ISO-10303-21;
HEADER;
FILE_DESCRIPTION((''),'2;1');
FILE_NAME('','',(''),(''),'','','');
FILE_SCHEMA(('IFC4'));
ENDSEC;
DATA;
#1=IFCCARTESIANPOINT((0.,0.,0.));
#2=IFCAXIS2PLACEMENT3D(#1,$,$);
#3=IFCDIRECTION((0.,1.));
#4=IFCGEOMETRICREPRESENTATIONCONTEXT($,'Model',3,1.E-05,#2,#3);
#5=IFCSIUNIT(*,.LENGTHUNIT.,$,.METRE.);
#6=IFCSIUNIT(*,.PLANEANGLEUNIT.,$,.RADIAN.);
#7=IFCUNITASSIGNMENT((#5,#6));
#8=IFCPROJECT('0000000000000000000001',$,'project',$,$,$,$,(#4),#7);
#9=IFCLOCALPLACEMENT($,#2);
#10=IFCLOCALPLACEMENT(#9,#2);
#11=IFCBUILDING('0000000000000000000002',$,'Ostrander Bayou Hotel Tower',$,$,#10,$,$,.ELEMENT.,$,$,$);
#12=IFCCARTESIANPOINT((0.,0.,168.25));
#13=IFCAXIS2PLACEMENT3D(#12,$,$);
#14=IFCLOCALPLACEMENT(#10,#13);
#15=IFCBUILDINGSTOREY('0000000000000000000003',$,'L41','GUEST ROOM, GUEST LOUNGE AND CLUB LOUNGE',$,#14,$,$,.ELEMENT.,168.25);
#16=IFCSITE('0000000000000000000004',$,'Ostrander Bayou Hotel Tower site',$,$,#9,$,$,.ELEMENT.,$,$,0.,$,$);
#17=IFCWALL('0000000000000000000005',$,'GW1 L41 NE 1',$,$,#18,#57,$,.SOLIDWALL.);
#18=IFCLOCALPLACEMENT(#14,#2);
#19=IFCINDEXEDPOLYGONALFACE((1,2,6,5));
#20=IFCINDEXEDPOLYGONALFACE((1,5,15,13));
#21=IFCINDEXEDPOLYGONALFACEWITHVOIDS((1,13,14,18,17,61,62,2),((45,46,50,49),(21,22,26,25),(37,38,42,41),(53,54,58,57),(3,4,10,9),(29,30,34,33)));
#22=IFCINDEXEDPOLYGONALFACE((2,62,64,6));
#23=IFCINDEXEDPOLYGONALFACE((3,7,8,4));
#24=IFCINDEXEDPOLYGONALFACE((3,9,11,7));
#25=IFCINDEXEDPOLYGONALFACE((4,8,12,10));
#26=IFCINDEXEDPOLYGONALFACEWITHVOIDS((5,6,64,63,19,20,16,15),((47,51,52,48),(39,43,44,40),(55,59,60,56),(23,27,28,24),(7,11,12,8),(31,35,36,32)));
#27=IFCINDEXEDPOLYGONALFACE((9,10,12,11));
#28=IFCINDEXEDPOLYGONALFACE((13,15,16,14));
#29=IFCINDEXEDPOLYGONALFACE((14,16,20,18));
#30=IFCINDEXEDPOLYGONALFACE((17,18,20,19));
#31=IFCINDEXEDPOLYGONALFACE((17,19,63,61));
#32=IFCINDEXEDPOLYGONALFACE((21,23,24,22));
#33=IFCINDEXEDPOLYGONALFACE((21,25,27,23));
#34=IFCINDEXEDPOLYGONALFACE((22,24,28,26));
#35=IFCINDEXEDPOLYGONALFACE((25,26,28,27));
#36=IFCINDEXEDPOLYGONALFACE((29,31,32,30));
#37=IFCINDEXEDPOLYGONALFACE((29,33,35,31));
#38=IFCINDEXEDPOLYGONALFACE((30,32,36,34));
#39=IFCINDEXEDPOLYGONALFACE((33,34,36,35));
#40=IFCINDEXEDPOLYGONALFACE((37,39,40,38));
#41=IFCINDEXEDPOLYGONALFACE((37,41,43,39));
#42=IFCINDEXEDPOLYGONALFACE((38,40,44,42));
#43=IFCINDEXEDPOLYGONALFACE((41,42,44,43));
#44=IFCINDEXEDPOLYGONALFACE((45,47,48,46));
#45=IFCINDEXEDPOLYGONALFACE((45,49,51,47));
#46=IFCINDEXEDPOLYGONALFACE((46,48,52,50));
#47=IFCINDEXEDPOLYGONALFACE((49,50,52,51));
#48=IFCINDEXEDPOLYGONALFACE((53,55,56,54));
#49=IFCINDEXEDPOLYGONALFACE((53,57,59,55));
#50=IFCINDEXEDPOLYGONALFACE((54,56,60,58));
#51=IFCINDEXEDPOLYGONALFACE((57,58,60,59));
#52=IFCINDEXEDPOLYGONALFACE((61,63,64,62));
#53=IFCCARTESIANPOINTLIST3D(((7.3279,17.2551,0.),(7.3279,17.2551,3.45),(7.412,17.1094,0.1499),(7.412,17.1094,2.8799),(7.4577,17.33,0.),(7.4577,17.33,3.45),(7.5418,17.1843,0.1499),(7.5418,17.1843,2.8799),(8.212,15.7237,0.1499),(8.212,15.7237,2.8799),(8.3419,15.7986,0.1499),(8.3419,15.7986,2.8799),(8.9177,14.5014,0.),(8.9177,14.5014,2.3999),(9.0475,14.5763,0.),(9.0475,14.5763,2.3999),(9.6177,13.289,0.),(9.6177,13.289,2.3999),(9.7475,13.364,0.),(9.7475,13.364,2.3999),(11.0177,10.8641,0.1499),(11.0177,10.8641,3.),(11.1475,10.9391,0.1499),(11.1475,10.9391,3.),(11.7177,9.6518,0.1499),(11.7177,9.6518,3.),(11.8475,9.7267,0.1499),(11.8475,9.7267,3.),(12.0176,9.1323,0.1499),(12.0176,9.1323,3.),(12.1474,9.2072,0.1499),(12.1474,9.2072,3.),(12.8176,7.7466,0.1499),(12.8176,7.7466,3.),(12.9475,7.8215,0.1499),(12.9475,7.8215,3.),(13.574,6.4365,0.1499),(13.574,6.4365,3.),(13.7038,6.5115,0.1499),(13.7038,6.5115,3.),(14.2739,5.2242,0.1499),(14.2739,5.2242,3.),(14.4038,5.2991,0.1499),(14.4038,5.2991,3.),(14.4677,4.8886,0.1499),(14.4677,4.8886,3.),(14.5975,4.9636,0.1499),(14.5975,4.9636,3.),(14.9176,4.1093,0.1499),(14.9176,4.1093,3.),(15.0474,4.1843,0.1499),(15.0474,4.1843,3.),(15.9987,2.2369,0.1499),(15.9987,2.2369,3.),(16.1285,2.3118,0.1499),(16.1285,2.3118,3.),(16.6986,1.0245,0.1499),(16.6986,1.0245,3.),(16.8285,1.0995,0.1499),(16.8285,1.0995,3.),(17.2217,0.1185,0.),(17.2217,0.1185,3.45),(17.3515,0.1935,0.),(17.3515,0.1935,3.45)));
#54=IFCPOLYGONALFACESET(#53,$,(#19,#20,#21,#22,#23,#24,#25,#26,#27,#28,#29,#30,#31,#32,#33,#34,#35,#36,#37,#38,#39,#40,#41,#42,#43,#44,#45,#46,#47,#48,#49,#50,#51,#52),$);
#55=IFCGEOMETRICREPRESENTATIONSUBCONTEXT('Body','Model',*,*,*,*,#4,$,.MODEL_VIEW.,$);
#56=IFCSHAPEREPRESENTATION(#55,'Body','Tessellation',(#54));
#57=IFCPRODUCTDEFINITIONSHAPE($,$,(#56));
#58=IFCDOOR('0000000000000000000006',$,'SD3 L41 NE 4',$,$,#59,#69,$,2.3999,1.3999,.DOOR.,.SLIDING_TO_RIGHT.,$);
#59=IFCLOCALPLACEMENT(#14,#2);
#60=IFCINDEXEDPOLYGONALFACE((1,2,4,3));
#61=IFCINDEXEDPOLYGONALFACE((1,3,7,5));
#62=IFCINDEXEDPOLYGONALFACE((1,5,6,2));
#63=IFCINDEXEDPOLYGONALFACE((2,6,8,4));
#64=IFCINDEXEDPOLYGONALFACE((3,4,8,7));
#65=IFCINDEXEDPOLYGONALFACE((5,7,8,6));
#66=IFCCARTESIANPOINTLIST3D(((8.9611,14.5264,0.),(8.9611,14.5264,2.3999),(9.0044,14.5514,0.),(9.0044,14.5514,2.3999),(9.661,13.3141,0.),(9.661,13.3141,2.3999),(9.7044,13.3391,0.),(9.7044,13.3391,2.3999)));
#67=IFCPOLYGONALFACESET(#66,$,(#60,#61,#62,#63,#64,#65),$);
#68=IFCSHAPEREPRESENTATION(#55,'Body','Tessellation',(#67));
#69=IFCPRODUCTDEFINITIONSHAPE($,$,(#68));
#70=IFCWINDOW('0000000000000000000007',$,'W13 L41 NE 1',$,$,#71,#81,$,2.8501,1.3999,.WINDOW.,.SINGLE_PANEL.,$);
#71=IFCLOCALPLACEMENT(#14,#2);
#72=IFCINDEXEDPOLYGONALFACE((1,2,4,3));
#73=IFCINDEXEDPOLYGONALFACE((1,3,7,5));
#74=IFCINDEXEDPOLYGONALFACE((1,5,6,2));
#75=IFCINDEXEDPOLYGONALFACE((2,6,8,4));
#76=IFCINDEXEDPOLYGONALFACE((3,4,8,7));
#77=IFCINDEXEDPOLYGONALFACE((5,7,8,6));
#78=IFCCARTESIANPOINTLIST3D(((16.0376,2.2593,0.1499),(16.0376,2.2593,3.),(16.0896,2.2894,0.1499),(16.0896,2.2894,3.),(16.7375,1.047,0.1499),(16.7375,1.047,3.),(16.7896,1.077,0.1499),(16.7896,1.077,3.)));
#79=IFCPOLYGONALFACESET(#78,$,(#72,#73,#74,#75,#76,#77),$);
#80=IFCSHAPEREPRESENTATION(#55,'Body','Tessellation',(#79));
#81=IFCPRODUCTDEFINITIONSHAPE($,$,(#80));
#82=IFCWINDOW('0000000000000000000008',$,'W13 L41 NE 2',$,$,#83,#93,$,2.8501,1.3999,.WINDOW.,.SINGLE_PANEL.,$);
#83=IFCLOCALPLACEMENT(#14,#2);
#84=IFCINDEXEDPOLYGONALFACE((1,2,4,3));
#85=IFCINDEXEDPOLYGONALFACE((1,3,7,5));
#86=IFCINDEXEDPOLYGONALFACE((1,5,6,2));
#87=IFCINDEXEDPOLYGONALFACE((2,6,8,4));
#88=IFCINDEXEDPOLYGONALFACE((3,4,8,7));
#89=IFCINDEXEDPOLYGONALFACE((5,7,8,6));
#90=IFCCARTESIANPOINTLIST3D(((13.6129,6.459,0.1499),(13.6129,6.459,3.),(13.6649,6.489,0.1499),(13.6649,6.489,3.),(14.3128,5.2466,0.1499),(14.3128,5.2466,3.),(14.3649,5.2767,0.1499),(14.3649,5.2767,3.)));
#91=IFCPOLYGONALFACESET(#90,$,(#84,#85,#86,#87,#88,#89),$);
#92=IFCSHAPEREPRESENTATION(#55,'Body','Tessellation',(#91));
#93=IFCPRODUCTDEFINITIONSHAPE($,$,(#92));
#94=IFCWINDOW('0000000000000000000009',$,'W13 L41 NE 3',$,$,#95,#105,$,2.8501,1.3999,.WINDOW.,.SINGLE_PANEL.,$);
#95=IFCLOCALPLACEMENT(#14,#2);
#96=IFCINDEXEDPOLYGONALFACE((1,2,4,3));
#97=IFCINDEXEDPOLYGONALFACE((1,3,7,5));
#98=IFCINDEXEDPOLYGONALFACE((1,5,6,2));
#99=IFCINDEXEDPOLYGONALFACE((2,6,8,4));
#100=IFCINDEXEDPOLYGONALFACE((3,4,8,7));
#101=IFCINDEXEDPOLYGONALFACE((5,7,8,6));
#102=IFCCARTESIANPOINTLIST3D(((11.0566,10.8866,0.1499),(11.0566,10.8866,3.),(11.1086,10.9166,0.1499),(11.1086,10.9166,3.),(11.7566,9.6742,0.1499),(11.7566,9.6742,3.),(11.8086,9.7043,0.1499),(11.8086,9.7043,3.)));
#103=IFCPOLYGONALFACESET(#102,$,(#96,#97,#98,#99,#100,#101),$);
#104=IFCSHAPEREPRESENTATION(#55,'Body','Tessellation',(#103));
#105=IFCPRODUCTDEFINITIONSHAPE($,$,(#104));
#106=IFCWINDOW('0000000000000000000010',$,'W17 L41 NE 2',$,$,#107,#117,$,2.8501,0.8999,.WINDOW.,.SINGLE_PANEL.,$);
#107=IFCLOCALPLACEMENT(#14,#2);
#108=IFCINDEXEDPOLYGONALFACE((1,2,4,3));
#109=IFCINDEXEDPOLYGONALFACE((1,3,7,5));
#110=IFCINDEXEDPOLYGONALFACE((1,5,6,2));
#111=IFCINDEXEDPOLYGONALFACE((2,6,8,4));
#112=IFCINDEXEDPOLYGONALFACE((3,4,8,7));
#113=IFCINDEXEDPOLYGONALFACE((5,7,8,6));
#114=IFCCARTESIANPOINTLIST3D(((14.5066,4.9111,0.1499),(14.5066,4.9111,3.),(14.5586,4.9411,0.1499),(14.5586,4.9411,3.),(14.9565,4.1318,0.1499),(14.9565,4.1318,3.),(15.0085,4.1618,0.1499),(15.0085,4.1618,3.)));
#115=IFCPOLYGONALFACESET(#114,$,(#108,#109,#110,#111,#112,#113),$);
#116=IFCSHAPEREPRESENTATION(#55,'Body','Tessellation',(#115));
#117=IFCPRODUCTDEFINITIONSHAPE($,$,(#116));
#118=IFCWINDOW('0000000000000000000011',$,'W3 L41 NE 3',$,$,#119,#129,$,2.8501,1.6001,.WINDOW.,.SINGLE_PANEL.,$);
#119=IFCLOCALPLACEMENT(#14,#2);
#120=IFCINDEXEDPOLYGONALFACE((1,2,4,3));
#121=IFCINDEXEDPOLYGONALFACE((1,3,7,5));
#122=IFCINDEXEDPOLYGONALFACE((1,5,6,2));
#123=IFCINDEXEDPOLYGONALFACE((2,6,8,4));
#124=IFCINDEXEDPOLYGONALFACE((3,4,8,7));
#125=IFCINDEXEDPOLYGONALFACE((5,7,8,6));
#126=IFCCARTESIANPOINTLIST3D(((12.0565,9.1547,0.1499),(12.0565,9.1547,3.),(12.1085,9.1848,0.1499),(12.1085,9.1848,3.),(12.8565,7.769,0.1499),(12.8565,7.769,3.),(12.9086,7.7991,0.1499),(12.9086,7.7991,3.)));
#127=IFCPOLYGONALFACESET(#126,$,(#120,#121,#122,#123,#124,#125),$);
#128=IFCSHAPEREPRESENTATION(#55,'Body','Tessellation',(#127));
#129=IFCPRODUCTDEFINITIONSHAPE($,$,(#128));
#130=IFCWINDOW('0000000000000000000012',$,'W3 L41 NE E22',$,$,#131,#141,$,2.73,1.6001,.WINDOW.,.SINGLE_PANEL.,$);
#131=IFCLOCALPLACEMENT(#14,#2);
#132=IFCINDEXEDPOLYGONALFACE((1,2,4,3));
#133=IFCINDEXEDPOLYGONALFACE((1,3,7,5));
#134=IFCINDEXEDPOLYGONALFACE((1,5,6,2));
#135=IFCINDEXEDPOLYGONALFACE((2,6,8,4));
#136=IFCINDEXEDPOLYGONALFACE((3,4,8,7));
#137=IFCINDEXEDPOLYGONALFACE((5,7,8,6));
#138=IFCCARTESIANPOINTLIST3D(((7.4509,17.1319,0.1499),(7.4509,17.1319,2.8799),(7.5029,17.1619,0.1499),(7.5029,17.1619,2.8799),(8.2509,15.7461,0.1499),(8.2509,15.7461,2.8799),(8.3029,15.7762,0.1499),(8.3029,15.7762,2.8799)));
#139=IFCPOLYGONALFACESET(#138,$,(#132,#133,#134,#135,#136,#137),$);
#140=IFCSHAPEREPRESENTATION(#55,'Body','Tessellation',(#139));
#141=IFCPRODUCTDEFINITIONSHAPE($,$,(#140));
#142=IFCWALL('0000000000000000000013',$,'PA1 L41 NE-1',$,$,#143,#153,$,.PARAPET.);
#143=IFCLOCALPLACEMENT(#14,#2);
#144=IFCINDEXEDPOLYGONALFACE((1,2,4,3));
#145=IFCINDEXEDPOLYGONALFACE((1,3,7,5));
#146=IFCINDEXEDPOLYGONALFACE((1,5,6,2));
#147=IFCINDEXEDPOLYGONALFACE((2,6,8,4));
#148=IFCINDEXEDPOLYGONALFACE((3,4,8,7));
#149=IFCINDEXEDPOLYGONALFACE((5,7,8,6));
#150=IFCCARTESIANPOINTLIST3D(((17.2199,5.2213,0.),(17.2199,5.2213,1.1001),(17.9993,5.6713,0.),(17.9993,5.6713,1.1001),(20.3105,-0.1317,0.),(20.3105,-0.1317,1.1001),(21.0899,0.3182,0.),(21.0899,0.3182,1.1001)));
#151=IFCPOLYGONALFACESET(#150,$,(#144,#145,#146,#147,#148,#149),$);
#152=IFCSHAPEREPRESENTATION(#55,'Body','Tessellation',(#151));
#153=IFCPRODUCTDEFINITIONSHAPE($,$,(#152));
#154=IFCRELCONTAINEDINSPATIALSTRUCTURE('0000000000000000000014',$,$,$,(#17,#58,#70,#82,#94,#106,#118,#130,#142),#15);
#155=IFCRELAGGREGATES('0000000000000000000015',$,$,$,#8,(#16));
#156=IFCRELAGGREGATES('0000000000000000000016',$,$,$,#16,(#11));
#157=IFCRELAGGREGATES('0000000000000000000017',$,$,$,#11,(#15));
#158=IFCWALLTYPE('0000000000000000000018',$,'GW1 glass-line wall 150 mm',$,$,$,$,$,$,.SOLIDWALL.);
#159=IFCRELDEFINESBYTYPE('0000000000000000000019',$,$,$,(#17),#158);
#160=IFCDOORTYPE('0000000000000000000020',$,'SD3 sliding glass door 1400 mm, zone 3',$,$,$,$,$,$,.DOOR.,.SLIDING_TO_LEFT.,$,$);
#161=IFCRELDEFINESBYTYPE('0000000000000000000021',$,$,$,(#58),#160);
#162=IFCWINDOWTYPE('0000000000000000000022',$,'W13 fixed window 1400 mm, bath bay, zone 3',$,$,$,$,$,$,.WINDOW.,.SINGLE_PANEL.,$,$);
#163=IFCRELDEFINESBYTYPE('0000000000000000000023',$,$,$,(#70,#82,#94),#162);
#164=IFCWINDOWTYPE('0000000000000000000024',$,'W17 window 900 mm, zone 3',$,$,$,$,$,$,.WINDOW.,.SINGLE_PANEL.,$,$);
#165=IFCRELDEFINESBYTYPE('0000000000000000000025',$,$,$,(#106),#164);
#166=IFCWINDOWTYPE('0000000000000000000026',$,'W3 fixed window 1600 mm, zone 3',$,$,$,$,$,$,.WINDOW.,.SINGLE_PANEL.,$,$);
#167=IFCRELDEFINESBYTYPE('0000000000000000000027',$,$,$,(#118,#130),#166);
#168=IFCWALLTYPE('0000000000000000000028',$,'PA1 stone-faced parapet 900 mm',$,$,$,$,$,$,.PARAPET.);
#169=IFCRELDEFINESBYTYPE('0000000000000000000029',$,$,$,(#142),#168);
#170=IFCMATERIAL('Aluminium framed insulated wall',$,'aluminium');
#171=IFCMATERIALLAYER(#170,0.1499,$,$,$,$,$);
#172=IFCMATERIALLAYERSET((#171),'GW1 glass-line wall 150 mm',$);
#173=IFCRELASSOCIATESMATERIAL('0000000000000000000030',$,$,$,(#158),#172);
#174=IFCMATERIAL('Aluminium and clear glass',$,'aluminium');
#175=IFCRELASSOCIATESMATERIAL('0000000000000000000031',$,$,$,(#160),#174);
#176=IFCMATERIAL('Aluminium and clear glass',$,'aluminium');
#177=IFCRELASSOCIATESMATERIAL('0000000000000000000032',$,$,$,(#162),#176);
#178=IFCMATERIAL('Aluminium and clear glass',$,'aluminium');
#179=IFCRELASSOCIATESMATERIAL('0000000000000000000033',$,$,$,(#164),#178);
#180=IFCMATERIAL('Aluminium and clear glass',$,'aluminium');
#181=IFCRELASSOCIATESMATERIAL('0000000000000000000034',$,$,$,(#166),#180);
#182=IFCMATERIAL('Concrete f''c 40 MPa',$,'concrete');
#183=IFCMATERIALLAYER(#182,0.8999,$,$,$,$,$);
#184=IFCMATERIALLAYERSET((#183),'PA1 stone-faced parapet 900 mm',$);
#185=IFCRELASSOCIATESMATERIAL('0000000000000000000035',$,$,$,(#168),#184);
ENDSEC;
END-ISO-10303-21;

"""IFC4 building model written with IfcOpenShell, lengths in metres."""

from ifc_helpers import new_model, si_unit, direction, frame, frame_2d, origin, place, context, subcontext, project, spatial, rectangle, extrude, material, layer, layer_set, type_object, element, fill, save


model = new_model("IFC4")

# Units and contexts
model_context = context("Model", 3, precision=1e-05, world=origin(), true_north=direction((0.0, 1.0)))
body_context = subcontext(model_context, "Body", "Model", "MODEL_VIEW")
ifc_project = project(units=[si_unit("LENGTHUNIT", "METRE"), si_unit("PLANEANGLEUNIT", "RADIAN")], contexts=[model_context])

# Site, building, storey
site_placement = place(None, origin())
site = spatial("IfcSite", under=ifc_project, at=site_placement, Name="Ostrander Bayou Hotel Tower site", CompositionType="ELEMENT", RefElevation=0.0)
building_placement = place(site_placement, origin())
building = spatial("IfcBuilding", under=site, at=building_placement, Name="Ostrander Bayou Hotel Tower", CompositionType="ELEMENT")
storey_placement = place(building_placement, frame((0.0, 0.0, 168.25)))
storey = spatial("IfcBuildingStorey", under=building, at=storey_placement, Name="L41", Description="GUEST ROOM, GUEST LOUNGE AND CLUB LOUNGE", CompositionType="ELEMENT", Elevation=168.25)

# Wall, openings, door, windows
ifc_material_1 = material(Name="Aluminium framed insulated wall", Category="aluminium")
ifc_layer_1 = layer(ifc_material_1, 0.1499)
ifc_layer_set_1 = layer_set([ifc_layer_1], Name="GW1 glass-line wall 150 mm")
wall_type_1 = type_object("IfcWallType", Name="GW1 glass-line wall 150 mm", PredefinedType="SOLIDWALL", material=ifc_layer_set_1)
wall_1_placement = place(storey_placement, frame((17.2866, 0.156, 0.0), z_axis=(0.0, 0.0, 1.0), x_axis=(-0.500002, 0.866024, 0.0)))
wall_1 = element("IfcWall", 1, at=wall_1_placement, inside=storey, type_object=wall_type_1, Name="GW1 L41 NE 1", PredefinedType="SOLIDWALL", context=body_context, shape_type="SweptSolid", body=[
    extrude(rectangle(XDim=19.7876, YDim=0.1499, at=frame_2d((9.8938, 0.0))), origin(), (0.0, 0.0, 1.0), 3.45),
])
opening_1_placement = place(wall_1_placement, frame((1.0461, 0.0, 0.1499)))
opening_1 = element("IfcOpeningElement", 2, at=opening_1_placement, cuts=wall_1, PredefinedType="OPENING", context=body_context, shape_type="SweptSolid", body=[
    extrude(rectangle(XDim=1.3999, YDim=2.8501, at=frame_2d((0.7, 1.425))), frame((0.0, 0.075, 0.0), z_axis=(0.0, -1.0, 0.0), x_axis=(1.0, 0.0, 0.0)), (0.0, 0.0, 1.0), 0.1499),
])
opening_2_placement = place(wall_1_placement, frame((4.6082, 0.0, 0.1499)))
opening_2 = element("IfcOpeningElement", 3, at=opening_2_placement, cuts=wall_1, PredefinedType="OPENING", context=body_context, shape_type="SweptSolid", body=[
    extrude(rectangle(XDim=0.8999, YDim=2.8501, at=frame_2d((0.45, 1.425))), frame((0.0, 0.075, 0.0), z_axis=(0.0, -1.0, 0.0), x_axis=(1.0, 0.0, 0.0)), (0.0, 0.0, 1.0), 0.1499),
])
opening_3_placement = place(wall_1_placement, frame((5.8955, 0.0, 0.1499)))
opening_3 = element("IfcOpeningElement", 4, at=opening_3_placement, cuts=wall_1, PredefinedType="OPENING", context=body_context, shape_type="SweptSolid", body=[
    extrude(rectangle(XDim=1.3999, YDim=2.8501, at=frame_2d((0.7, 1.425))), frame((0.0, 0.075, 0.0), z_axis=(0.0, -1.0, 0.0), x_axis=(1.0, 0.0, 0.0)), (0.0, 0.0, 1.0), 0.1499),
])
opening_4_placement = place(wall_1_placement, frame((8.8081, 0.0, 0.1499)))
opening_4 = element("IfcOpeningElement", 5, at=opening_4_placement, cuts=wall_1, PredefinedType="OPENING", context=body_context, shape_type="SweptSolid", body=[
    extrude(rectangle(XDim=1.6001, YDim=2.8501, at=frame_2d((0.8, 1.425))), frame((0.0, 0.075, 0.0), z_axis=(0.0, -1.0, 0.0), x_axis=(1.0, 0.0, 0.0)), (0.0, 0.0, 1.0), 0.1499),
])
opening_5_placement = place(wall_1_placement, frame((11.0081, 0.0, 0.1499)))
opening_5 = element("IfcOpeningElement", 6, at=opening_5_placement, cuts=wall_1, PredefinedType="OPENING", context=body_context, shape_type="SweptSolid", body=[
    extrude(rectangle(XDim=1.3999, YDim=2.8501, at=frame_2d((0.7, 1.425))), frame((0.0, 0.075, 0.0), z_axis=(0.0, -1.0, 0.0), x_axis=(1.0, 0.0, 0.0)), (0.0, 0.0, 1.0), 0.1499),
])
opening_6_placement = place(wall_1_placement, frame((15.208, 0.0, 0.0)))
opening_6 = element("IfcOpeningElement", 7, at=opening_6_placement, cuts=wall_1, PredefinedType="OPENING", context=body_context, shape_type="SweptSolid", body=[
    extrude(rectangle(XDim=1.3999, YDim=2.3999, at=frame_2d((0.7, 1.2))), frame((0.0, 0.075, 0.0), z_axis=(0.0, -1.0, 0.0), x_axis=(1.0, 0.0, 0.0)), (0.0, 0.0, 1.0), 0.1499),
])
opening_7_placement = place(wall_1_placement, frame((18.0193, 0.0, 0.1499)))
opening_7 = element("IfcOpeningElement", 8, at=opening_7_placement, cuts=wall_1, PredefinedType="OPENING", context=body_context, shape_type="SweptSolid", body=[
    extrude(rectangle(XDim=1.6001, YDim=2.73, at=frame_2d((0.8, 1.365))), frame((0.0, 0.075, 0.0), z_axis=(0.0, -1.0, 0.0), x_axis=(1.0, 0.0, 0.0)), (0.0, 0.0, 1.0), 0.1499),
])
ifc_material_2 = material(Name="Aluminium and clear glass", Category="aluminium")
door_type = type_object("IfcDoorType", Name="SD3 sliding glass door 1400 mm, zone 3", OperationType="SLIDING_TO_LEFT", PredefinedType="DOOR", material=ifc_material_2)
door_placement = place(opening_6_placement, origin())
door = element("IfcDoor", 9, at=door_placement, inside=storey, type_object=door_type, Name="SD3 L41 NE 4", OperationType="SLIDING_TO_RIGHT", OverallHeight=2.3999, OverallWidth=1.3999, PredefinedType="DOOR", context=body_context, shape_type="SweptSolid", body=[
    extrude(rectangle(XDim=1.3999, YDim=2.3999, at=frame_2d((0.7, 1.2))), frame((0.0, 0.0249, 0.0), z_axis=(0.0, -1.0, 0.0), x_axis=(1.0, 0.0, 0.0)), (0.0, 0.0, 1.0), 0.05),
])
fill(opening_6, door)
ifc_material_3 = material(Name="Aluminium and clear glass", Category="aluminium")
window_type_1 = type_object("IfcWindowType", Name="W13 fixed window 1400 mm, bath bay, zone 3", PartitioningType="SINGLE_PANEL", PredefinedType="WINDOW", material=ifc_material_3)
window_1_placement = place(opening_1_placement, origin())
window_1 = element("IfcWindow", 10, at=window_1_placement, inside=storey, type_object=window_type_1, Name="W13 L41 NE 1", OverallHeight=2.8501, OverallWidth=1.3999, PartitioningType="SINGLE_PANEL", PredefinedType="WINDOW", context=body_context, shape_type="SweptSolid", body=[
    extrude(rectangle(XDim=1.3999, YDim=2.8501, at=frame_2d((0.7, 1.425))), frame((0.0, 0.03, 0.0), z_axis=(0.0, -1.0, 0.0), x_axis=(1.0, 0.0, 0.0)), (0.0, 0.0, 1.0), 0.0601),
])
fill(opening_1, window_1)
window_2_placement = place(opening_3_placement, origin())
window_2 = element("IfcWindow", 11, at=window_2_placement, inside=storey, type_object=window_type_1, Name="W13 L41 NE 2", OverallHeight=2.8501, OverallWidth=1.3999, PartitioningType="SINGLE_PANEL", PredefinedType="WINDOW", context=body_context, shape_type="SweptSolid", body=[
    extrude(rectangle(XDim=1.3999, YDim=2.8501, at=frame_2d((0.7, 1.425))), frame((0.0, 0.03, 0.0), z_axis=(0.0, -1.0, 0.0), x_axis=(1.0, 0.0, 0.0)), (0.0, 0.0, 1.0), 0.0601),
])
fill(opening_3, window_2)
window_3_placement = place(opening_5_placement, origin())
window_3 = element("IfcWindow", 12, at=window_3_placement, inside=storey, type_object=window_type_1, Name="W13 L41 NE 3", OverallHeight=2.8501, OverallWidth=1.3999, PartitioningType="SINGLE_PANEL", PredefinedType="WINDOW", context=body_context, shape_type="SweptSolid", body=[
    extrude(rectangle(XDim=1.3999, YDim=2.8501, at=frame_2d((0.7, 1.425))), frame((0.0, 0.03, 0.0), z_axis=(0.0, -1.0, 0.0), x_axis=(1.0, 0.0, 0.0)), (0.0, 0.0, 1.0), 0.0601),
])
fill(opening_5, window_3)
ifc_material_4 = material(Name="Aluminium and clear glass", Category="aluminium")
window_type_2 = type_object("IfcWindowType", Name="W17 window 900 mm, zone 3", PartitioningType="SINGLE_PANEL", PredefinedType="WINDOW", material=ifc_material_4)
window_4_placement = place(opening_2_placement, origin())
window_4 = element("IfcWindow", 13, at=window_4_placement, inside=storey, type_object=window_type_2, Name="W17 L41 NE 2", OverallHeight=2.8501, OverallWidth=0.8999, PartitioningType="SINGLE_PANEL", PredefinedType="WINDOW", context=body_context, shape_type="SweptSolid", body=[
    extrude(rectangle(XDim=0.8999, YDim=2.8501, at=frame_2d((0.45, 1.425))), frame((0.0, 0.03, 0.0), z_axis=(0.0, -1.0, 0.0), x_axis=(1.0, 0.0, 0.0)), (0.0, 0.0, 1.0), 0.0601),
])
fill(opening_2, window_4)
ifc_material_5 = material(Name="Aluminium and clear glass", Category="aluminium")
window_type_3 = type_object("IfcWindowType", Name="W3 fixed window 1600 mm, zone 3", PartitioningType="SINGLE_PANEL", PredefinedType="WINDOW", material=ifc_material_5)
window_5_placement = place(opening_4_placement, origin())
window_5 = element("IfcWindow", 14, at=window_5_placement, inside=storey, type_object=window_type_3, Name="W3 L41 NE 3", OverallHeight=2.8501, OverallWidth=1.6001, PartitioningType="SINGLE_PANEL", PredefinedType="WINDOW", context=body_context, shape_type="SweptSolid", body=[
    extrude(rectangle(XDim=1.6001, YDim=2.8501, at=frame_2d((0.8, 1.425))), frame((0.0, 0.03, 0.0), z_axis=(0.0, -1.0, 0.0), x_axis=(1.0, 0.0, 0.0)), (0.0, 0.0, 1.0), 0.0601),
])
fill(opening_4, window_5)
window_6_placement = place(opening_7_placement, origin())
window_6 = element("IfcWindow", 15, at=window_6_placement, inside=storey, type_object=window_type_3, Name="W3 L41 NE E22", OverallHeight=2.73, OverallWidth=1.6001, PartitioningType="SINGLE_PANEL", PredefinedType="WINDOW", context=body_context, shape_type="SweptSolid", body=[
    extrude(rectangle(XDim=1.6001, YDim=2.73, at=frame_2d((0.8, 1.365))), frame((0.0, 0.03, 0.0), z_axis=(0.0, -1.0, 0.0), x_axis=(1.0, 0.0, 0.0)), (0.0, 0.0, 1.0), 0.0601),
])
fill(opening_7, window_6)

# Wall
ifc_material_6 = material(Name="Concrete f'c 40 MPa", Category="concrete")
ifc_layer_2 = layer(ifc_material_6, 0.8999)
ifc_layer_set_2 = layer_set([ifc_layer_2], Name="PA1 stone-faced parapet 900 mm")
wall_type_2 = type_object("IfcWallType", Name="PA1 stone-faced parapet 900 mm", PredefinedType="PARAPET", material=ifc_layer_set_2)
wall_2_placement = place(storey_placement, frame((20.7002, 0.0933, 0.0), z_axis=(0.0, 0.0, 1.0), x_axis=(-0.500001, 0.866025, 0.0)))
element("IfcWall", 16, at=wall_2_placement, inside=storey, type_object=wall_type_2, Name="PA1 L41 NE-1", PredefinedType="PARAPET", context=body_context, shape_type="SweptSolid", body=[
    extrude(rectangle(XDim=6.1812, YDim=0.8999, at=frame_2d((3.0906, 0.0))), origin(), (0.0, 0.0, 1.0), 1.1001),
])

save(model, "model.ifc")
